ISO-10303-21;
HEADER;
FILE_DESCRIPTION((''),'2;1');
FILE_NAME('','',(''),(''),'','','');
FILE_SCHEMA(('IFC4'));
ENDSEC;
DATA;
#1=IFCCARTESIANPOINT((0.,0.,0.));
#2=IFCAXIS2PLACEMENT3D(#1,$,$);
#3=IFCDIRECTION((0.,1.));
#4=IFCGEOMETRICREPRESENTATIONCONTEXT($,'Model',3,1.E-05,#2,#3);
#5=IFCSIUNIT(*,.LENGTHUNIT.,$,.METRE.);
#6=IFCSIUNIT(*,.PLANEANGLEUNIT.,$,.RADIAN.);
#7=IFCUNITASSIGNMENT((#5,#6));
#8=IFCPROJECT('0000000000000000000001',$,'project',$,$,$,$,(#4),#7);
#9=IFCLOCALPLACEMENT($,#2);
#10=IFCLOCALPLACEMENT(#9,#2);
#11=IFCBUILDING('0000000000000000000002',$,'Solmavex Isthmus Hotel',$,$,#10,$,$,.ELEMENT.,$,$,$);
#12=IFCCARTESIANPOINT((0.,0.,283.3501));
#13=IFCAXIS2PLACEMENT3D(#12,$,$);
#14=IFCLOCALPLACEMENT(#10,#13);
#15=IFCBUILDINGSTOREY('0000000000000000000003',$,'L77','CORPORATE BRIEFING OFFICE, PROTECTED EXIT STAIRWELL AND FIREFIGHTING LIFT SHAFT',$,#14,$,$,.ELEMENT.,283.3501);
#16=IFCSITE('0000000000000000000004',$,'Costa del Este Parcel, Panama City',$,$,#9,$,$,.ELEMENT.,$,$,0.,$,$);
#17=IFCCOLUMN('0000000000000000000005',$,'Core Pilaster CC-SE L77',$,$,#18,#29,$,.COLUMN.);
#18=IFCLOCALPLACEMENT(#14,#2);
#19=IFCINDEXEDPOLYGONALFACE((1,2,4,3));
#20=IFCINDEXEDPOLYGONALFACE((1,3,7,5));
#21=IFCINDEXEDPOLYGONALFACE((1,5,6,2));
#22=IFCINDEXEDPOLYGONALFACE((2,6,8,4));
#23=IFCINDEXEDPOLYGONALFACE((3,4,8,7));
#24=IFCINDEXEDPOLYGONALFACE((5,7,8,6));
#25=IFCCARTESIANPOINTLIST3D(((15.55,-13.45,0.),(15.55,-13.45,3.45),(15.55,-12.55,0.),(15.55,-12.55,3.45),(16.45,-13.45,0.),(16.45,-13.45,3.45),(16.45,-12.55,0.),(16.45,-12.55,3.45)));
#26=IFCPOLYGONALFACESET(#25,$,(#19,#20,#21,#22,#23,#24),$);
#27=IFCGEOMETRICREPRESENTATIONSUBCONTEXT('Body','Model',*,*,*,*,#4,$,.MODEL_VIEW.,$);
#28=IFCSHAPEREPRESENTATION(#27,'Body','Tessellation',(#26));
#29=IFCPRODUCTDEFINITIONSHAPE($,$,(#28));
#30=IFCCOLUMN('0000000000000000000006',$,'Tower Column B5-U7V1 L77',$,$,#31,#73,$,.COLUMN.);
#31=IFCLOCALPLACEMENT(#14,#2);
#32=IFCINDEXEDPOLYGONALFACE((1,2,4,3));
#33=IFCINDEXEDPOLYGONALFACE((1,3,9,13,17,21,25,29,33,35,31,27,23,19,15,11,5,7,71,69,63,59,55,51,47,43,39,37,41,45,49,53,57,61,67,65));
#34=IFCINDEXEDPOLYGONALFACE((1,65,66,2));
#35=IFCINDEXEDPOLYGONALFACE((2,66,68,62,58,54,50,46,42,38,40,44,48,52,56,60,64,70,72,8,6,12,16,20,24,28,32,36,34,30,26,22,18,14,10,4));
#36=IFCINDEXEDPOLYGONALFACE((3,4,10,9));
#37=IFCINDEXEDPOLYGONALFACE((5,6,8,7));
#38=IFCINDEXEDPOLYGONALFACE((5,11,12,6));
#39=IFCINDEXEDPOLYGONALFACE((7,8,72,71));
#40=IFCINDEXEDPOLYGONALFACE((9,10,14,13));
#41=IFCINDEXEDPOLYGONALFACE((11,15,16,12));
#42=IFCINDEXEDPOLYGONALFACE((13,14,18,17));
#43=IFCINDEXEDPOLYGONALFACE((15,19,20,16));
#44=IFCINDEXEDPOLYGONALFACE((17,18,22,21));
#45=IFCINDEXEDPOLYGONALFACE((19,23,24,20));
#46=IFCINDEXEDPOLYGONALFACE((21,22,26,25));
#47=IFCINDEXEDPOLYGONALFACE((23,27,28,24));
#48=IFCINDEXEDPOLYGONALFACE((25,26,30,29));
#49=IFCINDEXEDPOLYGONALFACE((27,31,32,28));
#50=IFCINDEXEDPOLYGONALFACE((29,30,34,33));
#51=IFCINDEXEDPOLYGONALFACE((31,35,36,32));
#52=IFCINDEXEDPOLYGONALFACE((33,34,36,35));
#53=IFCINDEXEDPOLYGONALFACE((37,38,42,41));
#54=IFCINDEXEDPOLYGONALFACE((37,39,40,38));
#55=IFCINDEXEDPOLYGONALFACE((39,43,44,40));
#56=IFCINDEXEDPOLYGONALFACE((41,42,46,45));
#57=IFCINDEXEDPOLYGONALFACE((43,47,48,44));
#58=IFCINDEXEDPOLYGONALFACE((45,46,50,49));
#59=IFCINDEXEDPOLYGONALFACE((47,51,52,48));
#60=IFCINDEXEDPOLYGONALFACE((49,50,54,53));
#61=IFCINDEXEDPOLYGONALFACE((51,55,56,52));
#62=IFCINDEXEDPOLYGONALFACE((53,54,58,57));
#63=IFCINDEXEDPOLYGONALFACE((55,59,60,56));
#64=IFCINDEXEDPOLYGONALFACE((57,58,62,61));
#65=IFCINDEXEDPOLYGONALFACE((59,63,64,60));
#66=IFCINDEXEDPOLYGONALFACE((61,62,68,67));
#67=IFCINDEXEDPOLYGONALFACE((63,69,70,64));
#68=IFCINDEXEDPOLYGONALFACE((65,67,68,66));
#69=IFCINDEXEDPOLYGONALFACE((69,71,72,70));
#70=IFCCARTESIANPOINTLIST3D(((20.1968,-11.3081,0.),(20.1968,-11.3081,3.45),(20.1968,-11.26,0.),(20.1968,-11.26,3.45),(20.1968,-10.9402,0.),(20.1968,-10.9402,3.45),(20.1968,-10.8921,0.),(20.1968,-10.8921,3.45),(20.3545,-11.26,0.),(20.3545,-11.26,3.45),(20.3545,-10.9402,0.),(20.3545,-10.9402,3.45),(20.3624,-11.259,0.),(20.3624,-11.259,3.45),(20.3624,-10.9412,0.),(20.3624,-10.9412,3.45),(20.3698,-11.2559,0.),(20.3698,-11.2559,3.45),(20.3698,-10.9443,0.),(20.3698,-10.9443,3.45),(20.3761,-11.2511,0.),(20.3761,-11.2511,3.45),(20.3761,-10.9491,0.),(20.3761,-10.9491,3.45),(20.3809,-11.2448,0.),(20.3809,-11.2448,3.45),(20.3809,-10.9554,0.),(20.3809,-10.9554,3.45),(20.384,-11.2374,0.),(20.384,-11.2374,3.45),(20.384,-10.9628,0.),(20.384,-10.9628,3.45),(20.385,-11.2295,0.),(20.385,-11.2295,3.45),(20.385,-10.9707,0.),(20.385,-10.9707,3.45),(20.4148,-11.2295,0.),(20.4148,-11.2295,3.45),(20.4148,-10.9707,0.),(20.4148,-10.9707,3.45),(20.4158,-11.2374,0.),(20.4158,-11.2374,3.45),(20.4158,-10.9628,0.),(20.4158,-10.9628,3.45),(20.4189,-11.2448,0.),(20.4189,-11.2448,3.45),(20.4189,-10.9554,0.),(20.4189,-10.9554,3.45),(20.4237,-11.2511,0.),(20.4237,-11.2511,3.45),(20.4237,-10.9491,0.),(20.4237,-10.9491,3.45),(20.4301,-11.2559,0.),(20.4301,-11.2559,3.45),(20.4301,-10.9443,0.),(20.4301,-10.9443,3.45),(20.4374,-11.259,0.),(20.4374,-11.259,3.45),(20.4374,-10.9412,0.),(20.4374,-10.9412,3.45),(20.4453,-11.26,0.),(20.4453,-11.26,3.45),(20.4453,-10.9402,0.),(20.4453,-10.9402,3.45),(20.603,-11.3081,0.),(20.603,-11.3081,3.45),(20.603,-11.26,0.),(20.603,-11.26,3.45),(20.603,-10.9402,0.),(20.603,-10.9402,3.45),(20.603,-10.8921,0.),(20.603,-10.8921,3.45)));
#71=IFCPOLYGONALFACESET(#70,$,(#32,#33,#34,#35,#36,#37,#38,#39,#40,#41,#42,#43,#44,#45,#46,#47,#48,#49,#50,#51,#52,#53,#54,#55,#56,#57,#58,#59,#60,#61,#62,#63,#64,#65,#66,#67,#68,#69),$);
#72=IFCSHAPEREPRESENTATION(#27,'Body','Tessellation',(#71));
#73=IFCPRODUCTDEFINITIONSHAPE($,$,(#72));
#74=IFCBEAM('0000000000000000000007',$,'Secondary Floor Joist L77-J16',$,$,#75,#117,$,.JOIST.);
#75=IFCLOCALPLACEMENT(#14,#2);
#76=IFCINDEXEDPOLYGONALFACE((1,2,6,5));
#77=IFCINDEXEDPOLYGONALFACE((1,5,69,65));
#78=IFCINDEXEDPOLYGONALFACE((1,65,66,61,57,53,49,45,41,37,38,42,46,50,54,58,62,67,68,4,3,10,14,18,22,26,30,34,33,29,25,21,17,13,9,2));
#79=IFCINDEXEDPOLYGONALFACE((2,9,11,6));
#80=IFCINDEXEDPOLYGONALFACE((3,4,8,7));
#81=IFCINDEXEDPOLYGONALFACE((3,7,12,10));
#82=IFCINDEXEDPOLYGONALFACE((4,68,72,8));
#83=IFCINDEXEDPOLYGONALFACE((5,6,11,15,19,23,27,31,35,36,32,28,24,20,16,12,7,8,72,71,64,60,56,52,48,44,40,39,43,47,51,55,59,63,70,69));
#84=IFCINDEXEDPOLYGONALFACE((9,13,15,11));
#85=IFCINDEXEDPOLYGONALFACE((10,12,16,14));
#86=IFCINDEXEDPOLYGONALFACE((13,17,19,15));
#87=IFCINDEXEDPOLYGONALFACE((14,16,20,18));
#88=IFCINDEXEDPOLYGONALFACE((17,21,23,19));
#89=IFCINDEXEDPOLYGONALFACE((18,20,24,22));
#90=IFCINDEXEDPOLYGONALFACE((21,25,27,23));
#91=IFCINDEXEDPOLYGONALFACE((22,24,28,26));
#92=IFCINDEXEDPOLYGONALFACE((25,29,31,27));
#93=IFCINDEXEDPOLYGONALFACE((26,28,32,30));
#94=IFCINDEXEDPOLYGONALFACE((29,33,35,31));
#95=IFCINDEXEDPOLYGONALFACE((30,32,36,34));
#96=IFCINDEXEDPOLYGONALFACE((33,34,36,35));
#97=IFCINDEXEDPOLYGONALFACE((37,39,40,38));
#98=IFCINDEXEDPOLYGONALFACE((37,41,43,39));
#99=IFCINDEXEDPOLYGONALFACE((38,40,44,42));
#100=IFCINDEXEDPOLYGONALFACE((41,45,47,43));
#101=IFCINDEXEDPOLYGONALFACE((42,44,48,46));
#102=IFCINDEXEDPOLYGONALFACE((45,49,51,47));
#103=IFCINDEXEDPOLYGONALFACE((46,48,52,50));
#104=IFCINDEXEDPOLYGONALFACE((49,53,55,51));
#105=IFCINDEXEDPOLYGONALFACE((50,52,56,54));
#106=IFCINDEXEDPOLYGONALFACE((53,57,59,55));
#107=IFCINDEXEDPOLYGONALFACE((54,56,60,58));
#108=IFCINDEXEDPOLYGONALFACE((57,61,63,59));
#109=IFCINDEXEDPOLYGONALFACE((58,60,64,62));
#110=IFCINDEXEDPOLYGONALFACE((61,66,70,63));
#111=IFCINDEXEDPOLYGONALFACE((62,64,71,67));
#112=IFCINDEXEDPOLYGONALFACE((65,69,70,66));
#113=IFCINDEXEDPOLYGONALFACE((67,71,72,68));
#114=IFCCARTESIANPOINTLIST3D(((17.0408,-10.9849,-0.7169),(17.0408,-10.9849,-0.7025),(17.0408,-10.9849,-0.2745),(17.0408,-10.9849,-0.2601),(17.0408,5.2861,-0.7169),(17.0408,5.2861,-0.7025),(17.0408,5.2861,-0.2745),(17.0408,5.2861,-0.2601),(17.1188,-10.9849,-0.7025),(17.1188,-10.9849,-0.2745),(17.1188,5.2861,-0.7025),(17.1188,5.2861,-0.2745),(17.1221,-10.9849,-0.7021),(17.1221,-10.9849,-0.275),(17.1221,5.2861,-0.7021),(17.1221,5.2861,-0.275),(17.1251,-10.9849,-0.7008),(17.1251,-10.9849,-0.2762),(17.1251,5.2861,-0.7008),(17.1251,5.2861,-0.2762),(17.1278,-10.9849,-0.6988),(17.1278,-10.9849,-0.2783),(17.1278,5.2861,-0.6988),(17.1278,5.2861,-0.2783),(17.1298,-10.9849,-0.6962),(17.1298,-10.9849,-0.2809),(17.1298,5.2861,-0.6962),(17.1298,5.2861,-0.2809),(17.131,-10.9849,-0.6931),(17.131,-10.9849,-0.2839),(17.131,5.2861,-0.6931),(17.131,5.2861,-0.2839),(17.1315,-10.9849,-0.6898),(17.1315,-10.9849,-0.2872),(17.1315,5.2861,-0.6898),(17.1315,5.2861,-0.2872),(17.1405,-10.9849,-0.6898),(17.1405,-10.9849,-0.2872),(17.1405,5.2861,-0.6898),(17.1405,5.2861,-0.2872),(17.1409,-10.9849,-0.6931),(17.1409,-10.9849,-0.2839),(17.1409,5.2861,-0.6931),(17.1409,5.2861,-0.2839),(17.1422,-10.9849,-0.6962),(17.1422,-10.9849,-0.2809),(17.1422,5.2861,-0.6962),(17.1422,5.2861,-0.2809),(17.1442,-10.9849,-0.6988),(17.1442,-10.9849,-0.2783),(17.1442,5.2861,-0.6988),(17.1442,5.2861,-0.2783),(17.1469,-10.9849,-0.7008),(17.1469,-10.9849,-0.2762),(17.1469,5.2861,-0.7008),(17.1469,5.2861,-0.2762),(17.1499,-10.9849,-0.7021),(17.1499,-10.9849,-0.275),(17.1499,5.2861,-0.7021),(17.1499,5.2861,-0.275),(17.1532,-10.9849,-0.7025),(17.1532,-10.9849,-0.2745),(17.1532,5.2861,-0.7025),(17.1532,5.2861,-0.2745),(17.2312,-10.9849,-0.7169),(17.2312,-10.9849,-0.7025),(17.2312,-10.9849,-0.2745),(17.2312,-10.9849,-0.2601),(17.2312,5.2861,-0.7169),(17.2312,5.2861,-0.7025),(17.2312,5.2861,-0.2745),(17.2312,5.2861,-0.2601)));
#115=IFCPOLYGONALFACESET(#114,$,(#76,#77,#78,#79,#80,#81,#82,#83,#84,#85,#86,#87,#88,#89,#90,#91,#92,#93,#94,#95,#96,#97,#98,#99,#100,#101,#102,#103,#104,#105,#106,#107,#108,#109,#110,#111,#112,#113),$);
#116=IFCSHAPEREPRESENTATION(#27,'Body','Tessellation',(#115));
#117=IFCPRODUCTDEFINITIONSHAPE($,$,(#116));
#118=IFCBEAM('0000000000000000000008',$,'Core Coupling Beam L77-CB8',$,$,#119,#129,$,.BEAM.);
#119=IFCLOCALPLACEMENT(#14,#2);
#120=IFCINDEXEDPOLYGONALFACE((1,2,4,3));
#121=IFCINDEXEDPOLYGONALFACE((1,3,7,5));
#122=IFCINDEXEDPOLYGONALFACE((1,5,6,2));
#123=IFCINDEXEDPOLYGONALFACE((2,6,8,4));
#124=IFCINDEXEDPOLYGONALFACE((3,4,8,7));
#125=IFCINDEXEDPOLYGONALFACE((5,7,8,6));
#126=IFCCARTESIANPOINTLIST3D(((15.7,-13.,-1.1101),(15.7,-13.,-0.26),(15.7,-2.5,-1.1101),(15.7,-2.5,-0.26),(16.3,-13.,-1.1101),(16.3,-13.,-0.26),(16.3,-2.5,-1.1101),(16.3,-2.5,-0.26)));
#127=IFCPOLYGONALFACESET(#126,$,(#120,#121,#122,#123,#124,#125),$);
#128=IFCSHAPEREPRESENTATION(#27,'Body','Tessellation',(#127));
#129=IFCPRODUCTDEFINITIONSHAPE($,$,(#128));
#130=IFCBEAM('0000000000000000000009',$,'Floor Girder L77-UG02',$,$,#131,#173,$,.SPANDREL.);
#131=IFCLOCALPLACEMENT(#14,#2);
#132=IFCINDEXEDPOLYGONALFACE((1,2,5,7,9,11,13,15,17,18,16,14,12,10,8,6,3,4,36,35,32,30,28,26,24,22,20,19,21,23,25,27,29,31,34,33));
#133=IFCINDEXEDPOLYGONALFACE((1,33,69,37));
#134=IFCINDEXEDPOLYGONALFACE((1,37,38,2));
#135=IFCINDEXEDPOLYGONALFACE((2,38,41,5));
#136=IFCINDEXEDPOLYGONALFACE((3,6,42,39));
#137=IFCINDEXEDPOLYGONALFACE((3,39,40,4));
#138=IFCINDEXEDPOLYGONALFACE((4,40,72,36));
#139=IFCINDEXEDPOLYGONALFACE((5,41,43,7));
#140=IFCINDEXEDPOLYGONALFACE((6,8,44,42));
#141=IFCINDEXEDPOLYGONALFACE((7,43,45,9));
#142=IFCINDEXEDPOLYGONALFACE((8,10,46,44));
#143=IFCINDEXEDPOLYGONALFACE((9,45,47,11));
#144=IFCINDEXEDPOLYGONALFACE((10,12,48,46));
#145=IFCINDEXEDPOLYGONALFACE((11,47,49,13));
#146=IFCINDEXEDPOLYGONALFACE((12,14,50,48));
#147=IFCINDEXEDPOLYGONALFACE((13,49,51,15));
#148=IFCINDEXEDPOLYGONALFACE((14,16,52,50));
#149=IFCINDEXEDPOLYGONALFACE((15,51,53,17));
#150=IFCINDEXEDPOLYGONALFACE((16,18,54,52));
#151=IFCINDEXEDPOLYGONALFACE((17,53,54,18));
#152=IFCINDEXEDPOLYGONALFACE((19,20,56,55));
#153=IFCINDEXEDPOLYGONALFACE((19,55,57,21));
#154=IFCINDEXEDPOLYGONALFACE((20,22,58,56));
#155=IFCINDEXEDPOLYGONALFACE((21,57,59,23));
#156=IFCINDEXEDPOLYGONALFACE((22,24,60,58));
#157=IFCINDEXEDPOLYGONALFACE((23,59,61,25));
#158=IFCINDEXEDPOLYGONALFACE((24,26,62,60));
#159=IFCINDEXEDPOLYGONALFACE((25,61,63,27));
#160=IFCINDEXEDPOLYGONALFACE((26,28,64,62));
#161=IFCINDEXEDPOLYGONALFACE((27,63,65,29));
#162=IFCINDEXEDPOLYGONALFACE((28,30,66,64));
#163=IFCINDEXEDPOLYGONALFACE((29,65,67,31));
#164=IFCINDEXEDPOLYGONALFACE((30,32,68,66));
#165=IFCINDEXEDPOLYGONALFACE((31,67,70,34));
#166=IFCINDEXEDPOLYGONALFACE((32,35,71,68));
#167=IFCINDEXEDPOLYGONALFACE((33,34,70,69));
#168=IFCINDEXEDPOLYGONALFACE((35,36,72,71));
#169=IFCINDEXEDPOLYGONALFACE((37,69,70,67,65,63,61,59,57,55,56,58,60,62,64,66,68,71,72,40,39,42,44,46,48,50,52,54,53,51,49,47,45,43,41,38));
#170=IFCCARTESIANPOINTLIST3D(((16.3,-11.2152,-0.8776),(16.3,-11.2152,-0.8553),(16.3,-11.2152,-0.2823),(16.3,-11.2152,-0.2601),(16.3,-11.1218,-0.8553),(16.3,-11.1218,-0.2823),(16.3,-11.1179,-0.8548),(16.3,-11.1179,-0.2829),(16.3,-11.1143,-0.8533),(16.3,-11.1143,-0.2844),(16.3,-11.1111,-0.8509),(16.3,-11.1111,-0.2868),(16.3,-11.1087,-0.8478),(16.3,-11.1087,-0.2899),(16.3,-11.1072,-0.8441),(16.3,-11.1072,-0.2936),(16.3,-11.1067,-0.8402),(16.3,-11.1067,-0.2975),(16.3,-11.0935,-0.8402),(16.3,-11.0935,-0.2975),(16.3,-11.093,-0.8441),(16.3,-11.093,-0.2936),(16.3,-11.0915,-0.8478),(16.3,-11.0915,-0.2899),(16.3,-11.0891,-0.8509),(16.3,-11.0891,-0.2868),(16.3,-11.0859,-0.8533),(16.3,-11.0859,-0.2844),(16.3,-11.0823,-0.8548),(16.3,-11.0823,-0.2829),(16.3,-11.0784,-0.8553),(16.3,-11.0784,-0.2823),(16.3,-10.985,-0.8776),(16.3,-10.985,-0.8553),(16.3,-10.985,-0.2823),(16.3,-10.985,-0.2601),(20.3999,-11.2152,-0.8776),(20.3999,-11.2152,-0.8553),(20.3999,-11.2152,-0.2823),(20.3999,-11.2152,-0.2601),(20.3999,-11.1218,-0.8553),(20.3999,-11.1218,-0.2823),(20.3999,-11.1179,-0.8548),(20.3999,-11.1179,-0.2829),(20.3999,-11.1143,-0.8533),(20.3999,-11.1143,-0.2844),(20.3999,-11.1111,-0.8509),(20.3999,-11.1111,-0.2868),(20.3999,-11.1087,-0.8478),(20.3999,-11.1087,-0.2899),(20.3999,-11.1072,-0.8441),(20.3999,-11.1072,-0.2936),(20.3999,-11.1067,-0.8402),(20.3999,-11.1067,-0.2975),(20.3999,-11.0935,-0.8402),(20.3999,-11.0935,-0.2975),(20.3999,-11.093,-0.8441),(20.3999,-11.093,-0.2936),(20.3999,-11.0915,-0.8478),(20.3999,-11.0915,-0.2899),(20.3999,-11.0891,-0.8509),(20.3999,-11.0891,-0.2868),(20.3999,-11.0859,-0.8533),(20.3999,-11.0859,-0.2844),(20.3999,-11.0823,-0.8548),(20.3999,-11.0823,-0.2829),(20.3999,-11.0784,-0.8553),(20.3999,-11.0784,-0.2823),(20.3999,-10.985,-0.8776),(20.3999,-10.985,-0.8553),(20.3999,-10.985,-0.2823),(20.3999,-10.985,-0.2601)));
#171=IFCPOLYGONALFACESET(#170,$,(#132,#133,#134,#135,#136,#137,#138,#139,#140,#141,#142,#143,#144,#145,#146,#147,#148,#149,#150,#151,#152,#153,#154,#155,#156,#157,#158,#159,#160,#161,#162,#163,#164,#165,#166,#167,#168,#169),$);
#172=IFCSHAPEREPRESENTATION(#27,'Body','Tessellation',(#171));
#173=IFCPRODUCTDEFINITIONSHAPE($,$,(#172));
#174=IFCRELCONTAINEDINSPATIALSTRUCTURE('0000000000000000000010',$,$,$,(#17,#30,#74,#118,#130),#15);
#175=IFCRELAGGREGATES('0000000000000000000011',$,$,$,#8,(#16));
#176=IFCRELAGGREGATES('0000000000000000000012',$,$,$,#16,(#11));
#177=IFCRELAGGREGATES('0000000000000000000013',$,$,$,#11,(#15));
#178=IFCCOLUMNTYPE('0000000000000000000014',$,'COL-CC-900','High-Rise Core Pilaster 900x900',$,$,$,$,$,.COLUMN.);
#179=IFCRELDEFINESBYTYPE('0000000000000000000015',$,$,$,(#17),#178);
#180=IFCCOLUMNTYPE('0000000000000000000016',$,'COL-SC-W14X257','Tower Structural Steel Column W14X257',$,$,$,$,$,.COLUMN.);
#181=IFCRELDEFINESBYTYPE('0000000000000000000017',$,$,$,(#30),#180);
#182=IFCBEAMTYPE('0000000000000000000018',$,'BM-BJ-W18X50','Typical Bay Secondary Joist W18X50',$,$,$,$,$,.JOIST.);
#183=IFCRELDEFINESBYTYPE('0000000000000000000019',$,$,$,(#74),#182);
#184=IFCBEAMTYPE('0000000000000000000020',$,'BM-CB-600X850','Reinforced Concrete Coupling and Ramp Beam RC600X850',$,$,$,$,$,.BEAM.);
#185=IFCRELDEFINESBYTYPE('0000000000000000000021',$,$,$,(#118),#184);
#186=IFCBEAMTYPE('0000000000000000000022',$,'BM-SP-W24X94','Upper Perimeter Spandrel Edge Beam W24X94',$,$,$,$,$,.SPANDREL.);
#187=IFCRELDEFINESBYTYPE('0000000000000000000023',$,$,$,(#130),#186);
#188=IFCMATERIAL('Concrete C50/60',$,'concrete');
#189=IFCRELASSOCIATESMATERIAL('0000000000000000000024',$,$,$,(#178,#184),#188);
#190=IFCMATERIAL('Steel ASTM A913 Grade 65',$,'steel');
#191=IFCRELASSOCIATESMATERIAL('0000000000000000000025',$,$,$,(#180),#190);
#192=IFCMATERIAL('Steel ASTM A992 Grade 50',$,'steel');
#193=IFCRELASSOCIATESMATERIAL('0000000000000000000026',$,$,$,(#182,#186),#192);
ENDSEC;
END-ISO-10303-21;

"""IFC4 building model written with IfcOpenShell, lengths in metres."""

from ifc_helpers import new_model, si_unit, direction, frame, origin, origin_2d, place, context, subcontext, project, spatial, rectangle, i_section, extrude, material, material_profile, profile_set, type_object, element, save


model = new_model("IFC4")

# Units and contexts
model_context = context("Model", 3, precision=1e-05, world=origin(), true_north=direction((0.0, 1.0)))
body_context = subcontext(model_context, "Body", "Model", "MODEL_VIEW")
ifc_project = project(units=[si_unit("LENGTHUNIT", "METRE"), si_unit("PLANEANGLEUNIT", "RADIAN")], contexts=[model_context])

# Site, building, storey
site_placement = place(None, origin())
site = spatial("IfcSite", under=ifc_project, at=site_placement, Name="Costa del Este Parcel, Panama City", CompositionType="ELEMENT", RefElevation=0.0)
building_placement = place(site_placement, origin())
building = spatial("IfcBuilding", under=site, at=building_placement, Name="Solmavex Isthmus Hotel", CompositionType="ELEMENT")
storey_placement = place(building_placement, frame((0.0, 0.0, 283.3501)))
storey = spatial("IfcBuildingStorey", under=building, at=storey_placement, Name="L77", Description="CORPORATE BRIEFING OFFICE, PROTECTED EXIT STAIRWELL AND FIREFIGHTING LIFT SHAFT", CompositionType="ELEMENT", Elevation=283.3501)

# Columns
ifc_material_1 = material(Name="Concrete C50/60", Category="concrete")
ifc_material_profile_1 = material_profile(ifc_material_1, rectangle(XDim=0.8999, YDim=0.8999, at=origin_2d()), Name="RC900X900")
ifc_profile_set_1 = profile_set([ifc_material_profile_1], Name="Concrete C50/60")
column_type_1 = type_object("IfcColumnType", Name="COL-CC-900", Description="High-Rise Core Pilaster 900x900", PredefinedType="COLUMN", material=ifc_profile_set_1)
column_1_placement = place(storey_placement, frame((16.0, -13.0, 0.0), z_axis=(0.0, 0.0, 1.0), x_axis=(1.0, 0.0, 0.0)))
element("IfcColumn", 1, at=column_1_placement, inside=storey, type_object=column_type_1, Name="Core Pilaster CC-SE L77", PredefinedType="COLUMN", context=body_context, shape_type="SweptSolid", body=[
    extrude(rectangle(XDim=0.8999, YDim=0.8999, at=origin_2d()), origin(), (0.0, 0.0, 1.0), 3.45),
])
ifc_material_2 = material(Name="Steel ASTM A913 Grade 65", Category="steel")
ifc_material_profile_2 = material_profile(ifc_material_2, i_section(OverallWidth=0.4062, OverallDepth=0.416, WebThickness=0.0298, FlangeThickness=0.0481, FilletRadius=0.0305, at=origin_2d()), Name="W14X257")
ifc_profile_set_2 = profile_set([ifc_material_profile_2], Name="Steel ASTM A913 Grade 65")
column_type_2 = type_object("IfcColumnType", Name="COL-SC-W14X257", Description="Tower Structural Steel Column W14X257", PredefinedType="COLUMN", material=ifc_profile_set_2)
column_2_placement = place(storey_placement, frame((20.3999, -11.1001, 0.0), z_axis=(0.0, 0.0, 1.0), x_axis=(1.0, 0.0, 0.0)))
element("IfcColumn", 2, at=column_2_placement, inside=storey, type_object=column_type_2, Name="Tower Column B5-U7V1 L77", PredefinedType="COLUMN", context=body_context, shape_type="SweptSolid", body=[
    extrude(i_section(OverallWidth=0.4062, OverallDepth=0.416, WebThickness=0.0298, FlangeThickness=0.0481, FilletRadius=0.0305, at=origin_2d()), origin(), (0.0, 0.0, 1.0), 3.45),
])

# Beams
ifc_material_3 = material(Name="Steel ASTM A992 Grade 50", Category="steel")
ifc_material_profile_3 = material_profile(ifc_material_3, i_section(OverallWidth=0.1904, OverallDepth=0.4568, WebThickness=0.009, FlangeThickness=0.0144, FilletRadius=0.0127, at=origin_2d()), Name="W18X50")
ifc_profile_set_3 = profile_set([ifc_material_profile_3], Name="Steel ASTM A992 Grade 50")
beam_type_1 = type_object("IfcBeamType", Name="BM-BJ-W18X50", Description="Typical Bay Secondary Joist W18X50", PredefinedType="JOIST", material=ifc_profile_set_3)
beam_1_placement = place(storey_placement, frame((17.136, -10.9849, -0.4885), z_axis=(0.0, 1.0, 0.0), x_axis=(-1.0, 0.0, 0.0)))
element("IfcBeam", 3, at=beam_1_placement, inside=storey, type_object=beam_type_1, Name="Secondary Floor Joist L77-J16", PredefinedType="JOIST", context=body_context, shape_type="SweptSolid", body=[
    extrude(i_section(OverallWidth=0.1904, OverallDepth=0.4568, WebThickness=0.009, FlangeThickness=0.0144, FilletRadius=0.0127, at=origin_2d()), origin(), (0.0, 0.0, 1.0), 16.271),
])
ifc_material_profile_4 = material_profile(ifc_material_1, rectangle(XDim=0.6001, YDim=0.8501, at=origin_2d()), Name="RC600X850")
ifc_profile_set_4 = profile_set([ifc_material_profile_4], Name="Concrete C50/60")
beam_type_2 = type_object("IfcBeamType", Name="BM-CB-600X850", Description="Reinforced Concrete Coupling and Ramp Beam RC600X850", PredefinedType="BEAM", material=ifc_profile_set_4)
beam_2_placement = place(storey_placement, frame((16.0, -13.0, -0.6851), z_axis=(0.0, 1.0, 0.0), x_axis=(-1.0, 0.0, 0.0)))
element("IfcBeam", 4, at=beam_2_placement, inside=storey, type_object=beam_type_2, Name="Core Coupling Beam L77-CB8", PredefinedType="BEAM", context=body_context, shape_type="SweptSolid", body=[
    extrude(rectangle(XDim=0.6001, YDim=0.8501, at=origin_2d()), origin(), (0.0, 0.0, 1.0), 10.5),
])
ifc_material_profile_5 = material_profile(ifc_material_3, i_section(OverallWidth=0.2302, OverallDepth=0.6174, WebThickness=0.0132, FlangeThickness=0.0222, FilletRadius=0.0151, at=origin_2d()), Name="W24X94")
ifc_profile_set_5 = profile_set([ifc_material_profile_5], Name="Steel ASTM A992 Grade 50")
beam_type_3 = type_object("IfcBeamType", Name="BM-SP-W24X94", Description="Upper Perimeter Spandrel Edge Beam W24X94", PredefinedType="SPANDREL", material=ifc_profile_set_5)
beam_3_placement = place(storey_placement, frame((16.3, -11.1001, -0.5688), z_axis=(1.0, 0.0, 0.0), x_axis=(0.0, 1.0, 0.0)))
element("IfcBeam", 5, at=beam_3_placement, inside=storey, type_object=beam_type_3, Name="Floor Girder L77-UG02", PredefinedType="SPANDREL", context=body_context, shape_type="SweptSolid", body=[
    extrude(i_section(OverallWidth=0.2302, OverallDepth=0.6174, WebThickness=0.0132, FlangeThickness=0.0222, FilletRadius=0.0151, at=origin_2d()), origin(), (0.0, 0.0, 1.0), 4.0999),
])

save(model, "model.ifc")
